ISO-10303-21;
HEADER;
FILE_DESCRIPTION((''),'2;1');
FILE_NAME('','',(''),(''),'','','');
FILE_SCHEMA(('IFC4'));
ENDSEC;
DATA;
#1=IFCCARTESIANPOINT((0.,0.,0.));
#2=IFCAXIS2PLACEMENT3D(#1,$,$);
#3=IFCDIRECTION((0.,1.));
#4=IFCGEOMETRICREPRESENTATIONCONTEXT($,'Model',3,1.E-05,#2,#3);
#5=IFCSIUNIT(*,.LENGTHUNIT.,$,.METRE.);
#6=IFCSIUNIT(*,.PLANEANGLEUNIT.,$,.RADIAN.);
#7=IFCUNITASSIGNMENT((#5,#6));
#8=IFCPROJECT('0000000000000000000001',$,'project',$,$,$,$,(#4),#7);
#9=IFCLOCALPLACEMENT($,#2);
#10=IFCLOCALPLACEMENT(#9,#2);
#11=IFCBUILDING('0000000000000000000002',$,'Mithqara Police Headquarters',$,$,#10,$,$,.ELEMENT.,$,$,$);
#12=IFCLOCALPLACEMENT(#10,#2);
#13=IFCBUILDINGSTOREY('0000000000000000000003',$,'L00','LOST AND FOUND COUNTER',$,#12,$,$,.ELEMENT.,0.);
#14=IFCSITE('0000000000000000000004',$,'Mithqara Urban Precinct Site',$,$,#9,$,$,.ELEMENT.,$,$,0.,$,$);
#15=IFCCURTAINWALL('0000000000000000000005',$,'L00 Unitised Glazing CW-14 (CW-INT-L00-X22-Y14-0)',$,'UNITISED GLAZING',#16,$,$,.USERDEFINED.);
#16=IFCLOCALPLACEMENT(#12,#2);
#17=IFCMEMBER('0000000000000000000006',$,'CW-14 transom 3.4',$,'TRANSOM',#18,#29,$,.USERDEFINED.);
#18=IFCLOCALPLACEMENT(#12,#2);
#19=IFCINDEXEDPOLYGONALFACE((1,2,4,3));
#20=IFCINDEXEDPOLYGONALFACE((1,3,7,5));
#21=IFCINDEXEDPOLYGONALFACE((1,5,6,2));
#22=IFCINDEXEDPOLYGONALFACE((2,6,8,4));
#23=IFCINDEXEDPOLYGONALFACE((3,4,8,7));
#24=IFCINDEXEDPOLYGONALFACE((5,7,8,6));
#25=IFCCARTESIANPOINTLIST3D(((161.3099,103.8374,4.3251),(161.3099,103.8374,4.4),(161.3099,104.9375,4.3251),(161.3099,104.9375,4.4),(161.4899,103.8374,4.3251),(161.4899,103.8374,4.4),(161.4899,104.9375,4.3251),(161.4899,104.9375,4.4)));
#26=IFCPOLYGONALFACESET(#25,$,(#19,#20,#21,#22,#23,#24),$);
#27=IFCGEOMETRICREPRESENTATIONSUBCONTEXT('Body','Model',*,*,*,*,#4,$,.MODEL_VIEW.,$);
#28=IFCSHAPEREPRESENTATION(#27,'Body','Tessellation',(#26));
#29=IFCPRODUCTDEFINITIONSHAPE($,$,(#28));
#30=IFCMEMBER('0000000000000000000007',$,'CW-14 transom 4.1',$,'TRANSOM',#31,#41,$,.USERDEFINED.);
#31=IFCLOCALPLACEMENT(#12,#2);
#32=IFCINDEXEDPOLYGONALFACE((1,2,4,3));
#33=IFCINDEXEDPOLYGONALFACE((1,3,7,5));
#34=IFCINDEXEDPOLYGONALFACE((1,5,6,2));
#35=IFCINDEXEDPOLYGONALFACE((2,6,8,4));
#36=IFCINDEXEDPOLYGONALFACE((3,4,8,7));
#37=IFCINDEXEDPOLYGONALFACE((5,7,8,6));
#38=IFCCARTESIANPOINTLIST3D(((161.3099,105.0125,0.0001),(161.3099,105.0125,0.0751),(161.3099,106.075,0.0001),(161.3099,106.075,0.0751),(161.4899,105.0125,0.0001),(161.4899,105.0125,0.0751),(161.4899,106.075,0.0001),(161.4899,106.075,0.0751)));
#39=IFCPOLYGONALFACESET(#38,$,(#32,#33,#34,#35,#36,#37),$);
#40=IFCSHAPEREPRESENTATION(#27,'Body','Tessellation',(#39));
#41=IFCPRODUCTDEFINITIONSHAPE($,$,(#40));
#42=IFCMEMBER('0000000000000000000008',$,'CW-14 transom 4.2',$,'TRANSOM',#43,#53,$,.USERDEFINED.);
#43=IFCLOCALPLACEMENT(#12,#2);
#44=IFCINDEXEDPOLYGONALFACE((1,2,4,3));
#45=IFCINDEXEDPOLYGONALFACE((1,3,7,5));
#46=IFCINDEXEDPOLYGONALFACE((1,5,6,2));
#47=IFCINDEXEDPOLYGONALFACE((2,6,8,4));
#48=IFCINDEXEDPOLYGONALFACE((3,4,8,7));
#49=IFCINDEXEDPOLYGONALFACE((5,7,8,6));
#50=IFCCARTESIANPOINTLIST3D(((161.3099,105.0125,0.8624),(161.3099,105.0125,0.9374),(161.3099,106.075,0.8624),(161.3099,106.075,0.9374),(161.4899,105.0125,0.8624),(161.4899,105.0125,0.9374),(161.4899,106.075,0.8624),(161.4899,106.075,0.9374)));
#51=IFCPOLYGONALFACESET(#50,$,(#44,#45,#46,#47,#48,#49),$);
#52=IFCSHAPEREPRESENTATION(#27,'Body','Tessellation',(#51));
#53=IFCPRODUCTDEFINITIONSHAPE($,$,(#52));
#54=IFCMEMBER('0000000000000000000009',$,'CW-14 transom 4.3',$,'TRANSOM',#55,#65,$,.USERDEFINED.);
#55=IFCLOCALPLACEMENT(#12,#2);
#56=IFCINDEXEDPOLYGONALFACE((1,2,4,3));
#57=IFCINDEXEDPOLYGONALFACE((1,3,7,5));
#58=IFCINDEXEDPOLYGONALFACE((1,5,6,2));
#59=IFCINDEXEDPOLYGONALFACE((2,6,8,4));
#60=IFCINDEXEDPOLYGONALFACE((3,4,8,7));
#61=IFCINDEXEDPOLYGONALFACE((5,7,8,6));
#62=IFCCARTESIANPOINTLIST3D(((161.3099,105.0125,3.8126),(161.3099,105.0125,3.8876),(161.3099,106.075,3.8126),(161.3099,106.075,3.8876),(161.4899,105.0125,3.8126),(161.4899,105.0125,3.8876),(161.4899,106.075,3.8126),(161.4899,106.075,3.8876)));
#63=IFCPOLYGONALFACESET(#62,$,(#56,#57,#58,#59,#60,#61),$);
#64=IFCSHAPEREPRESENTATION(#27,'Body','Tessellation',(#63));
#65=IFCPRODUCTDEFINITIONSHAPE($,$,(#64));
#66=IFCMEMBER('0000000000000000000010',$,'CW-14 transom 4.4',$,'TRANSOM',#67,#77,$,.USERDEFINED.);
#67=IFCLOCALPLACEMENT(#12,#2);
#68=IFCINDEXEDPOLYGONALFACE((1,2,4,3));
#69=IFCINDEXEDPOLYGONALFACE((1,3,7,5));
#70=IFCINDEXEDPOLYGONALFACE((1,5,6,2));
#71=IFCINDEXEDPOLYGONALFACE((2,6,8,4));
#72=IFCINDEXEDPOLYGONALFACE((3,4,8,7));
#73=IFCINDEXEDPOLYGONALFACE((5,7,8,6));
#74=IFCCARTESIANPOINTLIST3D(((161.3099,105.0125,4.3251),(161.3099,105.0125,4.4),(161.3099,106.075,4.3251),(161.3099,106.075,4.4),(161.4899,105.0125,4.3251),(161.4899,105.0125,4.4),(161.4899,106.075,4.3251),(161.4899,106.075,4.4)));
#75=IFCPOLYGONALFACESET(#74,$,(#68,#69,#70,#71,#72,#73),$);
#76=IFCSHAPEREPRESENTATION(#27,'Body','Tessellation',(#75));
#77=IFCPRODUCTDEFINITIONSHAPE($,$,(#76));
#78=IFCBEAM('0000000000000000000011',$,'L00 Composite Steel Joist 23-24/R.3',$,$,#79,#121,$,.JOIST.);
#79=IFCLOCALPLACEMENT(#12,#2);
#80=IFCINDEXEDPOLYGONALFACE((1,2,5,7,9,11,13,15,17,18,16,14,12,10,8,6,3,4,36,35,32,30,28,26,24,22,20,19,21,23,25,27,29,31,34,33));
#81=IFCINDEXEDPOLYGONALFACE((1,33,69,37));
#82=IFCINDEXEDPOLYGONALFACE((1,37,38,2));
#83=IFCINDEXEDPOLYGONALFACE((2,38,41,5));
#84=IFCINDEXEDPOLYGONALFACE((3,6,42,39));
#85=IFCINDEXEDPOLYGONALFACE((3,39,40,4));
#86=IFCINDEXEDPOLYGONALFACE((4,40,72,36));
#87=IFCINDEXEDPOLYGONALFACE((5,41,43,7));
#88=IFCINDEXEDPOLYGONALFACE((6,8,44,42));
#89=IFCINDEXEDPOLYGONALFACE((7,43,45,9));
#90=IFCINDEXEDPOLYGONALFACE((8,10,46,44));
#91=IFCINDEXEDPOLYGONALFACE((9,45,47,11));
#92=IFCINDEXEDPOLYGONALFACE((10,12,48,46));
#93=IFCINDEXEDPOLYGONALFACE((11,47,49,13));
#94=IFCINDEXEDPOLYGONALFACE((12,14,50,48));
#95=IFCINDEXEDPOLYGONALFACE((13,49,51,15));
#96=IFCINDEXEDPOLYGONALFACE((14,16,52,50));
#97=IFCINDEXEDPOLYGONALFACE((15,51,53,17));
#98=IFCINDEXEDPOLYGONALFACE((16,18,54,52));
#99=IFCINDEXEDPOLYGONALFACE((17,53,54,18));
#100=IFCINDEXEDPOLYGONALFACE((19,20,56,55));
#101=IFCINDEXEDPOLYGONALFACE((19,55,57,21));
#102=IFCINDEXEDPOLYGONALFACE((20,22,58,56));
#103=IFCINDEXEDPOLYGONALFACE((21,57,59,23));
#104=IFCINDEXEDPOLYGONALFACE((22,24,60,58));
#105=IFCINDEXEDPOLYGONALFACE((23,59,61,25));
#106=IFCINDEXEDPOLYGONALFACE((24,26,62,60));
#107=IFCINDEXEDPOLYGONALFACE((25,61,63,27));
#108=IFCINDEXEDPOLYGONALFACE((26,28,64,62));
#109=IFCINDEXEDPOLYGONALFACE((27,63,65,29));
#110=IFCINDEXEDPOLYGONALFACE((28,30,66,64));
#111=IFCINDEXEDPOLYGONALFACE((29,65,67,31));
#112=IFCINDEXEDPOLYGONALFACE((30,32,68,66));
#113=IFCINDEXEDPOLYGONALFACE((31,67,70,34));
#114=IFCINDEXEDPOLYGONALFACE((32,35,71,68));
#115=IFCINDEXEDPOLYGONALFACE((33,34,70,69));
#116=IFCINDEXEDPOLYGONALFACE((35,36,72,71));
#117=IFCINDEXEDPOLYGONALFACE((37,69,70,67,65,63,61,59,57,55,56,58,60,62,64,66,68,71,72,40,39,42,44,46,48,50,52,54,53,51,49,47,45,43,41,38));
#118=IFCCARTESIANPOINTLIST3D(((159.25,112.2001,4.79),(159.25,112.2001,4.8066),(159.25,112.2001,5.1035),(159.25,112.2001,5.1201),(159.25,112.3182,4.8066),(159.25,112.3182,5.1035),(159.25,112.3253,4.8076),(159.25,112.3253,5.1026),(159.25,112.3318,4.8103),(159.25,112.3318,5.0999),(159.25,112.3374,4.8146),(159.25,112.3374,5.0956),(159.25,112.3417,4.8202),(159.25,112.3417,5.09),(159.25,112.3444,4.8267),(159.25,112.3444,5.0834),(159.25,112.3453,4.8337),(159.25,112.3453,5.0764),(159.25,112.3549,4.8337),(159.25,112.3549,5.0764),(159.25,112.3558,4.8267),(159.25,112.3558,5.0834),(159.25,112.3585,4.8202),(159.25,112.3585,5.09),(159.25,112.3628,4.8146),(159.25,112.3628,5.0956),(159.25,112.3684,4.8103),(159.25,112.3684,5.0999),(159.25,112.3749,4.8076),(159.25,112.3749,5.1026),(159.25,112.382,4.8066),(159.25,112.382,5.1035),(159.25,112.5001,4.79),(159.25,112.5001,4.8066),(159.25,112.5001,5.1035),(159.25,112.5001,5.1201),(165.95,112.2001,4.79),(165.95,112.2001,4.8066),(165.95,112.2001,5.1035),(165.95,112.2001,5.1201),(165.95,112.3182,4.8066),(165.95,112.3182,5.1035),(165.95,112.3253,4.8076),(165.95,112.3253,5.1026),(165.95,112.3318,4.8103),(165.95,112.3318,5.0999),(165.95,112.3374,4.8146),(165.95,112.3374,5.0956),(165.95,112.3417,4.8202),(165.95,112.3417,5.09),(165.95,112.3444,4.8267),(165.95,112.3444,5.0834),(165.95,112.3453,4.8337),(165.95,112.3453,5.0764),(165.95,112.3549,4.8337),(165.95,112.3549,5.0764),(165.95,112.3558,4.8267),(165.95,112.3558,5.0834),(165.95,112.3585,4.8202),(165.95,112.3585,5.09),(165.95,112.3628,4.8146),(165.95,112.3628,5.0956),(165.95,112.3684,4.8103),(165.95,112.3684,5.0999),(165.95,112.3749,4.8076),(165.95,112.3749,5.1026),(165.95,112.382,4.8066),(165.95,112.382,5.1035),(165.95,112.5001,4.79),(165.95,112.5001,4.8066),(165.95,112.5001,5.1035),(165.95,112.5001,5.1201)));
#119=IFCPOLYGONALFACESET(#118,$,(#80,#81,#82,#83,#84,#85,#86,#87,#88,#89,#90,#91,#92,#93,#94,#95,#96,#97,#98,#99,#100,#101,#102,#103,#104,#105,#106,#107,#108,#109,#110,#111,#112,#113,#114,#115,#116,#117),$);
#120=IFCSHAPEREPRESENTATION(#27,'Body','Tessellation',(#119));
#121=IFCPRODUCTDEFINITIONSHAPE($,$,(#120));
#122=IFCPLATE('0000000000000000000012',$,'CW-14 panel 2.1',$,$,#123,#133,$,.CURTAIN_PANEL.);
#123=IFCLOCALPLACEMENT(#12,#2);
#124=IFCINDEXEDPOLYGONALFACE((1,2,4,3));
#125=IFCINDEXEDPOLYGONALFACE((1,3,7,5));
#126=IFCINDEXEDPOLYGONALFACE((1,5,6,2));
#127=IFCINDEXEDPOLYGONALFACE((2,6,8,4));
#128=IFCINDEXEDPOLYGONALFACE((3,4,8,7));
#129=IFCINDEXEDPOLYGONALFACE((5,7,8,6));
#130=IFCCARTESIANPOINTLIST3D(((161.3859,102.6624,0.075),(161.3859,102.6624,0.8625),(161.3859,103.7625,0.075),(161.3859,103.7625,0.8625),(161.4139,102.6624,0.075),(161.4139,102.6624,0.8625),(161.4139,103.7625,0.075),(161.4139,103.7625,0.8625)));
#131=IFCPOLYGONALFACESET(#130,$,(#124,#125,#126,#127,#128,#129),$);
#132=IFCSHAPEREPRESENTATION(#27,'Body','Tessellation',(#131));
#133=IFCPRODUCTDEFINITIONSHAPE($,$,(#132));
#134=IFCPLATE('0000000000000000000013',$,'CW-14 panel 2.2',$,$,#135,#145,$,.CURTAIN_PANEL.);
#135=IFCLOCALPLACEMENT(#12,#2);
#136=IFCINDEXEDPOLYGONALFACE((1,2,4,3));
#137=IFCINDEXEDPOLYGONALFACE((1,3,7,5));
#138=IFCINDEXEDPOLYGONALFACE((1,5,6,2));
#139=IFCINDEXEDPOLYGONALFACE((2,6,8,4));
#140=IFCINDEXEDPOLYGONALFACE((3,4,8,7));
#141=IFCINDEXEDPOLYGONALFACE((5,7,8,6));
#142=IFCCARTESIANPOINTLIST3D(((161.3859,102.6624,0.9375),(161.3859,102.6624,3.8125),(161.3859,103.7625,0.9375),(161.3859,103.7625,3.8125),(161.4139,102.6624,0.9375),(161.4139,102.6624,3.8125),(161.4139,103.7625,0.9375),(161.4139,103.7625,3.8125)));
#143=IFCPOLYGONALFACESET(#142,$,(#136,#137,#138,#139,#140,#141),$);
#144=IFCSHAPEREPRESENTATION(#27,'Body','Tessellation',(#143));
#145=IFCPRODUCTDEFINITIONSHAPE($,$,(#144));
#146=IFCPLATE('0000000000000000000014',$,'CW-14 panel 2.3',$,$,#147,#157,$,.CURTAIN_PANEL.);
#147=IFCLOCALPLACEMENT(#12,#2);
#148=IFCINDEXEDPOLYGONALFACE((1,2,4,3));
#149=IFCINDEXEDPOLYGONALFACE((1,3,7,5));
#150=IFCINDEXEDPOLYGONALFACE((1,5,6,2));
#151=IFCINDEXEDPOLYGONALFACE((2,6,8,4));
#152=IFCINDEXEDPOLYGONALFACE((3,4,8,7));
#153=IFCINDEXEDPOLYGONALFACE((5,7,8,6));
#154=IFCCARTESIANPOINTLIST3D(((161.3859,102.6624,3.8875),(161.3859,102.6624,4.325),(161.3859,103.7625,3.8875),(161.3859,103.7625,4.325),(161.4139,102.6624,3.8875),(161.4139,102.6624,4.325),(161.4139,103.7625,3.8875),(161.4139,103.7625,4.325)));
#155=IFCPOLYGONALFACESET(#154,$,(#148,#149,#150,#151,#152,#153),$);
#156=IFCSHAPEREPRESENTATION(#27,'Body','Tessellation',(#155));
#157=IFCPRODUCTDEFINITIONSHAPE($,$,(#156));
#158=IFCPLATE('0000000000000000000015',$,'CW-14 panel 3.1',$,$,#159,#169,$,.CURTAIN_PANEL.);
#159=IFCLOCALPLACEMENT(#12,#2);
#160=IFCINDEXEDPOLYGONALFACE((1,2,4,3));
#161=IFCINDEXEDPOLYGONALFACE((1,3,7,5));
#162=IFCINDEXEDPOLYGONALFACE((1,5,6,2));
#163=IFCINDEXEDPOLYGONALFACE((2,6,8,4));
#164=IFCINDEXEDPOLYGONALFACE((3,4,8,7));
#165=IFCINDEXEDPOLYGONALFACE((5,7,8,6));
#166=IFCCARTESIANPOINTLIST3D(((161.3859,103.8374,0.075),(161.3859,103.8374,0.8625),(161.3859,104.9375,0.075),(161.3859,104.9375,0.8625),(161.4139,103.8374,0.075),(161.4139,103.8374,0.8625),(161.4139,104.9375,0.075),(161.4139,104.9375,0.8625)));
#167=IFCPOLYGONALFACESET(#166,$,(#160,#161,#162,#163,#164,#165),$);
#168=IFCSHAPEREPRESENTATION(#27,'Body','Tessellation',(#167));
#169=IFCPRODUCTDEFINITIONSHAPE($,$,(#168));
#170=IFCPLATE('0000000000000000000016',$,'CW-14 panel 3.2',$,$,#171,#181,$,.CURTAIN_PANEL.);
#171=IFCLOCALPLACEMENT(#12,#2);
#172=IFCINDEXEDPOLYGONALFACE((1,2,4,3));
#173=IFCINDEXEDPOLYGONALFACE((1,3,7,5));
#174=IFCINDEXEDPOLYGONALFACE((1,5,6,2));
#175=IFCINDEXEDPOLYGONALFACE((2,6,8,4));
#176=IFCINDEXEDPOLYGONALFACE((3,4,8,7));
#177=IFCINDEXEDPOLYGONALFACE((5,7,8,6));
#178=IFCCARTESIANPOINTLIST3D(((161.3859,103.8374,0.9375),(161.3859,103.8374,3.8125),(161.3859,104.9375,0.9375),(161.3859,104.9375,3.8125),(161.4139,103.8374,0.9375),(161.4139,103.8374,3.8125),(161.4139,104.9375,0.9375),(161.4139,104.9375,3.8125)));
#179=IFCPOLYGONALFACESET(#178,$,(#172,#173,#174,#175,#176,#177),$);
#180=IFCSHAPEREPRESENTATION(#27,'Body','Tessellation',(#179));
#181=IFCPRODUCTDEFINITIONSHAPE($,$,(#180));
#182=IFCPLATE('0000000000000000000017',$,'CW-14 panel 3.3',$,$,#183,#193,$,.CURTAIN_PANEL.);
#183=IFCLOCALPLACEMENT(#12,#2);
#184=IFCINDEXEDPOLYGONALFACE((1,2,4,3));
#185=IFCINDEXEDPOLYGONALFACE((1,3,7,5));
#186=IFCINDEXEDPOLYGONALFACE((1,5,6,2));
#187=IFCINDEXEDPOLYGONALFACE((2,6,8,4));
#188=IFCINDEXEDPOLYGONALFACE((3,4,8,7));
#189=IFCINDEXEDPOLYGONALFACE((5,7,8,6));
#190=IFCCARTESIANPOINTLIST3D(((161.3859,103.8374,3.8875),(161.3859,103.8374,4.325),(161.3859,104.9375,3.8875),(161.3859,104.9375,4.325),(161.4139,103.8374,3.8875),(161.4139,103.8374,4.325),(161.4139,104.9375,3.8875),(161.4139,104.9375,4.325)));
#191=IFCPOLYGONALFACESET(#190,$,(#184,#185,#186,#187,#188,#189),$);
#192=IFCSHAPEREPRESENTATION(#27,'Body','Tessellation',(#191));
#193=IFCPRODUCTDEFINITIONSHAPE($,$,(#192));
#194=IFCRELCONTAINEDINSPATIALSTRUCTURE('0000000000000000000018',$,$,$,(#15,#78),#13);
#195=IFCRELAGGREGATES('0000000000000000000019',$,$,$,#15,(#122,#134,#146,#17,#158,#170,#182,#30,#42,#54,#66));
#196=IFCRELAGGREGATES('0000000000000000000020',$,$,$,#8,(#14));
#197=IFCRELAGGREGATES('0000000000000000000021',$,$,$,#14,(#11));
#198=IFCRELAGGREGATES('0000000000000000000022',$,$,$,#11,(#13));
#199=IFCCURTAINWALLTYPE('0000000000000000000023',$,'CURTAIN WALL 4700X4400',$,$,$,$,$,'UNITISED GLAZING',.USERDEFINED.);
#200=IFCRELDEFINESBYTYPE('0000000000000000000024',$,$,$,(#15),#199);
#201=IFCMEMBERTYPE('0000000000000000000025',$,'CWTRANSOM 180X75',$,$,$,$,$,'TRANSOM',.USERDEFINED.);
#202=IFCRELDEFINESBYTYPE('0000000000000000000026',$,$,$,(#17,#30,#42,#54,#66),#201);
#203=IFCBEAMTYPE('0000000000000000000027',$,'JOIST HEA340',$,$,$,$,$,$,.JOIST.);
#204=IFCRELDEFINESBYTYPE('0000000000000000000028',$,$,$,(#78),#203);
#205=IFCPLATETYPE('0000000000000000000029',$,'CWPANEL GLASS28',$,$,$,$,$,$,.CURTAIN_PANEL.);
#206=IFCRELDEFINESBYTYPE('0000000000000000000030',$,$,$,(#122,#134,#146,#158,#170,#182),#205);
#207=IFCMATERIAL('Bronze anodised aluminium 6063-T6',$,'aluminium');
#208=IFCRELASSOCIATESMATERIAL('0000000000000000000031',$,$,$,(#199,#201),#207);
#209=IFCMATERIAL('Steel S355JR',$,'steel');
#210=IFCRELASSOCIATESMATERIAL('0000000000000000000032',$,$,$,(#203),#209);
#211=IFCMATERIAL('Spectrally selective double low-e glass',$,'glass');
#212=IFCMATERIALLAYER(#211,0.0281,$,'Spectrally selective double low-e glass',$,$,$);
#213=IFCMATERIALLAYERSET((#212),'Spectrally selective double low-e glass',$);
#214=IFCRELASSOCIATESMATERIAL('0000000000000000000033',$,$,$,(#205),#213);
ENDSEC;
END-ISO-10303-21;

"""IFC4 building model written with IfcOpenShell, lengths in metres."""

from ifc_helpers import new_model, si_unit, direction, frame, origin, origin_2d, place, context, subcontext, project, spatial, rectangle, i_section, extrude, material, layer, layer_set, material_profile, profile_set, type_object, element, aggregate, save


model = new_model("IFC4")

# Units and contexts
model_context = context("Model", 3, precision=1e-05, world=origin(), true_north=direction((0.0, 1.0)))
body_context = subcontext(model_context, "Body", "Model", "MODEL_VIEW")
ifc_project = project(units=[si_unit("LENGTHUNIT", "METRE"), si_unit("PLANEANGLEUNIT", "RADIAN")], contexts=[model_context])

# Site, building, storey
site_placement = place(None, origin())
site = spatial("IfcSite", under=ifc_project, at=site_placement, Name="Mithqara Urban Precinct Site", CompositionType="ELEMENT", RefElevation=0.0)
building_placement = place(site_placement, origin())
building = spatial("IfcBuilding", under=site, at=building_placement, Name="Mithqara Police Headquarters", CompositionType="ELEMENT")
storey_placement = place(building_placement, origin())
storey = spatial("IfcBuildingStorey", under=building, at=storey_placement, Name="L00", Description="LOST AND FOUND COUNTER", CompositionType="ELEMENT", Elevation=0.0)

# Curtain wall, members
ifc_material_1 = material(Name="Bronze anodised aluminium 6063-T6", Category="aluminium")
curtain_wall_type = type_object("IfcCurtainWallType", Name="CURTAIN WALL 4700X4400", ElementType="UNITISED GLAZING", PredefinedType="USERDEFINED", material=ifc_material_1)
curtain_wall_placement = place(storey_placement, origin())
curtain_wall = element("IfcCurtainWall", 1, at=curtain_wall_placement, inside=storey, type_object=curtain_wall_type, Name="L00 Unitised Glazing CW-14 (CW-INT-L00-X22-Y14-0)", ObjectType="UNITISED GLAZING", PredefinedType="USERDEFINED")
ifc_material_profile_1 = material_profile(ifc_material_1, rectangle(XDim=0.1799, YDim=0.075, at=origin_2d()), Name="CWT 180x75")
ifc_profile_set_1 = profile_set([ifc_material_profile_1], Name="Bronze anodised aluminium 6063-T6")
member_type_1 = type_object("IfcMemberType", Name="CWTRANSOM 180X75", ElementType="TRANSOM", PredefinedType="USERDEFINED", material=ifc_profile_set_1)
member_1_placement = place(storey_placement, frame((161.3999, 103.8374, 4.3625), z_axis=(0.0, 1.0, 0.0), x_axis=(-1.0, 0.0, 0.0)))
member_1 = element("IfcMember", 2, at=member_1_placement, type_object=member_type_1, Name="CW-14 transom 3.4", ObjectType="TRANSOM", PredefinedType="USERDEFINED", context=body_context, shape_type="SweptSolid", body=[
    extrude(rectangle(XDim=0.1799, YDim=0.075, at=origin_2d()), origin(), (0.0, 0.0, 1.0), 1.1001),
])
member_2_placement = place(storey_placement, frame((161.3999, 105.0125, 0.0376), z_axis=(0.0, 1.0, 0.0), x_axis=(-1.0, 0.0, 0.0)))
member_2 = element("IfcMember", 3, at=member_2_placement, type_object=member_type_1, Name="CW-14 transom 4.1", ObjectType="TRANSOM", PredefinedType="USERDEFINED", context=body_context, shape_type="SweptSolid", body=[
    extrude(rectangle(XDim=0.1799, YDim=0.075, at=origin_2d()), origin(), (0.0, 0.0, 1.0), 1.0625),
])
member_3_placement = place(storey_placement, frame((161.3999, 105.0125, 0.8999), z_axis=(0.0, 1.0, 0.0), x_axis=(-1.0, 0.0, 0.0)))
member_3 = element("IfcMember", 4, at=member_3_placement, type_object=member_type_1, Name="CW-14 transom 4.2", ObjectType="TRANSOM", PredefinedType="USERDEFINED", context=body_context, shape_type="SweptSolid", body=[
    extrude(rectangle(XDim=0.1799, YDim=0.075, at=origin_2d()), origin(), (0.0, 0.0, 1.0), 1.0625),
])
member_4_placement = place(storey_placement, frame((161.3999, 105.0125, 3.8501), z_axis=(0.0, 1.0, 0.0), x_axis=(-1.0, 0.0, 0.0)))
member_4 = element("IfcMember", 5, at=member_4_placement, type_object=member_type_1, Name="CW-14 transom 4.3", ObjectType="TRANSOM", PredefinedType="USERDEFINED", context=body_context, shape_type="SweptSolid", body=[
    extrude(rectangle(XDim=0.1799, YDim=0.075, at=origin_2d()), origin(), (0.0, 0.0, 1.0), 1.0625),
])
member_5_placement = place(storey_placement, frame((161.3999, 105.0125, 4.3625), z_axis=(0.0, 1.0, 0.0), x_axis=(-1.0, 0.0, 0.0)))
member_5 = element("IfcMember", 6, at=member_5_placement, type_object=member_type_1, Name="CW-14 transom 4.4", ObjectType="TRANSOM", PredefinedType="USERDEFINED", context=body_context, shape_type="SweptSolid", body=[
    extrude(rectangle(XDim=0.1799, YDim=0.075, at=origin_2d()), origin(), (0.0, 0.0, 1.0), 1.0625),
])

# Beam
ifc_material_2 = material(Name="Steel S355JR", Category="steel")
ifc_material_profile_2 = material_profile(ifc_material_2, i_section(OverallWidth=0.3, OverallDepth=0.3301, WebThickness=0.0095, FlangeThickness=0.0166, FilletRadius=0.0271, at=origin_2d()), Name="HEA 340")
ifc_profile_set_2 = profile_set([ifc_material_profile_2], Name="Steel S355JR")
beam_type_1 = type_object("IfcBeamType", Name="JOIST HEA340", PredefinedType="JOIST", material=ifc_profile_set_2)
beam_1_placement = place(storey_placement, frame((159.25, 112.3501, 4.9551), z_axis=(1.0, 0.0, 0.0), x_axis=(0.0, 1.0, 0.0)))
element("IfcBeam", 7, at=beam_1_placement, inside=storey, type_object=beam_type_1, Name="L00 Composite Steel Joist 23-24/R.3", PredefinedType="JOIST", context=body_context, shape_type="SweptSolid", body=[
    extrude(i_section(OverallWidth=0.3, OverallDepth=0.3301, WebThickness=0.0095, FlangeThickness=0.0166, FilletRadius=0.0271, at=origin_2d()), origin(), (0.0, 0.0, 1.0), 6.7),
])

# Plates
ifc_material_3 = material(Name="Spectrally selective double low-e glass", Category="glass")
ifc_layer_1 = layer(ifc_material_3, 0.0281, Name="Spectrally selective double low-e glass")
ifc_layer_set_1 = layer_set([ifc_layer_1], Name="Spectrally selective double low-e glass")
plate_type_1 = type_object("IfcPlateType", Name="CWPANEL GLASS28", PredefinedType="CURTAIN_PANEL", material=ifc_layer_set_1)
plate_1_placement = place(storey_placement, frame((161.3999, 103.2124, 0.075), z_axis=(0.0, 0.0, 1.0), x_axis=(0.0, 1.0, 0.0)))
plate_1 = element("IfcPlate", 8, at=plate_1_placement, type_object=plate_type_1, Name="CW-14 panel 2.1", PredefinedType="CURTAIN_PANEL", context=body_context, shape_type="SweptSolid", body=[
    extrude(rectangle(XDim=1.1001, YDim=0.0281, at=origin_2d()), origin(), (0.0, 0.0, 1.0), 0.7876),
])
plate_2_placement = place(storey_placement, frame((161.3999, 103.2124, 0.9375), z_axis=(0.0, 0.0, 1.0), x_axis=(0.0, 1.0, 0.0)))
plate_2 = element("IfcPlate", 9, at=plate_2_placement, type_object=plate_type_1, Name="CW-14 panel 2.2", PredefinedType="CURTAIN_PANEL", context=body_context, shape_type="SweptSolid", body=[
    extrude(rectangle(XDim=1.1001, YDim=0.0281, at=origin_2d()), origin(), (0.0, 0.0, 1.0), 2.875),
])
plate_3_placement = place(storey_placement, frame((161.3999, 103.2124, 3.8875), z_axis=(0.0, 0.0, 1.0), x_axis=(0.0, 1.0, 0.0)))
plate_3 = element("IfcPlate", 10, at=plate_3_placement, type_object=plate_type_1, Name="CW-14 panel 2.3", PredefinedType="CURTAIN_PANEL", context=body_context, shape_type="SweptSolid", body=[
    extrude(rectangle(XDim=1.1001, YDim=0.0281, at=origin_2d()), origin(), (0.0, 0.0, 1.0), 0.4375),
])
plate_4_placement = place(storey_placement, frame((161.3999, 104.3875, 0.075), z_axis=(0.0, 0.0, 1.0), x_axis=(0.0, 1.0, 0.0)))
plate_4 = element("IfcPlate", 11, at=plate_4_placement, type_object=plate_type_1, Name="CW-14 panel 3.1", PredefinedType="CURTAIN_PANEL", context=body_context, shape_type="SweptSolid", body=[
    extrude(rectangle(XDim=1.1001, YDim=0.0281, at=origin_2d()), origin(), (0.0, 0.0, 1.0), 0.7876),
])
plate_5_placement = place(storey_placement, frame((161.3999, 104.3875, 0.9375), z_axis=(0.0, 0.0, 1.0), x_axis=(0.0, 1.0, 0.0)))
plate_5 = element("IfcPlate", 12, at=plate_5_placement, type_object=plate_type_1, Name="CW-14 panel 3.2", PredefinedType="CURTAIN_PANEL", context=body_context, shape_type="SweptSolid", body=[
    extrude(rectangle(XDim=1.1001, YDim=0.0281, at=origin_2d()), origin(), (0.0, 0.0, 1.0), 2.875),
])
plate_6_placement = place(storey_placement, frame((161.3999, 104.3875, 3.8875), z_axis=(0.0, 0.0, 1.0), x_axis=(0.0, 1.0, 0.0)))
plate_6 = element("IfcPlate", 13, at=plate_6_placement, type_object=plate_type_1, Name="CW-14 panel 3.3", PredefinedType="CURTAIN_PANEL", context=body_context, shape_type="SweptSolid", body=[
    extrude(rectangle(XDim=1.1001, YDim=0.0281, at=origin_2d()), origin(), (0.0, 0.0, 1.0), 0.4375),
])
aggregate(curtain_wall, [plate_1, plate_2, plate_3, member_1, plate_4, plate_5, plate_6, member_2, member_3, member_4, member_5])

save(model, "model.ifc")
